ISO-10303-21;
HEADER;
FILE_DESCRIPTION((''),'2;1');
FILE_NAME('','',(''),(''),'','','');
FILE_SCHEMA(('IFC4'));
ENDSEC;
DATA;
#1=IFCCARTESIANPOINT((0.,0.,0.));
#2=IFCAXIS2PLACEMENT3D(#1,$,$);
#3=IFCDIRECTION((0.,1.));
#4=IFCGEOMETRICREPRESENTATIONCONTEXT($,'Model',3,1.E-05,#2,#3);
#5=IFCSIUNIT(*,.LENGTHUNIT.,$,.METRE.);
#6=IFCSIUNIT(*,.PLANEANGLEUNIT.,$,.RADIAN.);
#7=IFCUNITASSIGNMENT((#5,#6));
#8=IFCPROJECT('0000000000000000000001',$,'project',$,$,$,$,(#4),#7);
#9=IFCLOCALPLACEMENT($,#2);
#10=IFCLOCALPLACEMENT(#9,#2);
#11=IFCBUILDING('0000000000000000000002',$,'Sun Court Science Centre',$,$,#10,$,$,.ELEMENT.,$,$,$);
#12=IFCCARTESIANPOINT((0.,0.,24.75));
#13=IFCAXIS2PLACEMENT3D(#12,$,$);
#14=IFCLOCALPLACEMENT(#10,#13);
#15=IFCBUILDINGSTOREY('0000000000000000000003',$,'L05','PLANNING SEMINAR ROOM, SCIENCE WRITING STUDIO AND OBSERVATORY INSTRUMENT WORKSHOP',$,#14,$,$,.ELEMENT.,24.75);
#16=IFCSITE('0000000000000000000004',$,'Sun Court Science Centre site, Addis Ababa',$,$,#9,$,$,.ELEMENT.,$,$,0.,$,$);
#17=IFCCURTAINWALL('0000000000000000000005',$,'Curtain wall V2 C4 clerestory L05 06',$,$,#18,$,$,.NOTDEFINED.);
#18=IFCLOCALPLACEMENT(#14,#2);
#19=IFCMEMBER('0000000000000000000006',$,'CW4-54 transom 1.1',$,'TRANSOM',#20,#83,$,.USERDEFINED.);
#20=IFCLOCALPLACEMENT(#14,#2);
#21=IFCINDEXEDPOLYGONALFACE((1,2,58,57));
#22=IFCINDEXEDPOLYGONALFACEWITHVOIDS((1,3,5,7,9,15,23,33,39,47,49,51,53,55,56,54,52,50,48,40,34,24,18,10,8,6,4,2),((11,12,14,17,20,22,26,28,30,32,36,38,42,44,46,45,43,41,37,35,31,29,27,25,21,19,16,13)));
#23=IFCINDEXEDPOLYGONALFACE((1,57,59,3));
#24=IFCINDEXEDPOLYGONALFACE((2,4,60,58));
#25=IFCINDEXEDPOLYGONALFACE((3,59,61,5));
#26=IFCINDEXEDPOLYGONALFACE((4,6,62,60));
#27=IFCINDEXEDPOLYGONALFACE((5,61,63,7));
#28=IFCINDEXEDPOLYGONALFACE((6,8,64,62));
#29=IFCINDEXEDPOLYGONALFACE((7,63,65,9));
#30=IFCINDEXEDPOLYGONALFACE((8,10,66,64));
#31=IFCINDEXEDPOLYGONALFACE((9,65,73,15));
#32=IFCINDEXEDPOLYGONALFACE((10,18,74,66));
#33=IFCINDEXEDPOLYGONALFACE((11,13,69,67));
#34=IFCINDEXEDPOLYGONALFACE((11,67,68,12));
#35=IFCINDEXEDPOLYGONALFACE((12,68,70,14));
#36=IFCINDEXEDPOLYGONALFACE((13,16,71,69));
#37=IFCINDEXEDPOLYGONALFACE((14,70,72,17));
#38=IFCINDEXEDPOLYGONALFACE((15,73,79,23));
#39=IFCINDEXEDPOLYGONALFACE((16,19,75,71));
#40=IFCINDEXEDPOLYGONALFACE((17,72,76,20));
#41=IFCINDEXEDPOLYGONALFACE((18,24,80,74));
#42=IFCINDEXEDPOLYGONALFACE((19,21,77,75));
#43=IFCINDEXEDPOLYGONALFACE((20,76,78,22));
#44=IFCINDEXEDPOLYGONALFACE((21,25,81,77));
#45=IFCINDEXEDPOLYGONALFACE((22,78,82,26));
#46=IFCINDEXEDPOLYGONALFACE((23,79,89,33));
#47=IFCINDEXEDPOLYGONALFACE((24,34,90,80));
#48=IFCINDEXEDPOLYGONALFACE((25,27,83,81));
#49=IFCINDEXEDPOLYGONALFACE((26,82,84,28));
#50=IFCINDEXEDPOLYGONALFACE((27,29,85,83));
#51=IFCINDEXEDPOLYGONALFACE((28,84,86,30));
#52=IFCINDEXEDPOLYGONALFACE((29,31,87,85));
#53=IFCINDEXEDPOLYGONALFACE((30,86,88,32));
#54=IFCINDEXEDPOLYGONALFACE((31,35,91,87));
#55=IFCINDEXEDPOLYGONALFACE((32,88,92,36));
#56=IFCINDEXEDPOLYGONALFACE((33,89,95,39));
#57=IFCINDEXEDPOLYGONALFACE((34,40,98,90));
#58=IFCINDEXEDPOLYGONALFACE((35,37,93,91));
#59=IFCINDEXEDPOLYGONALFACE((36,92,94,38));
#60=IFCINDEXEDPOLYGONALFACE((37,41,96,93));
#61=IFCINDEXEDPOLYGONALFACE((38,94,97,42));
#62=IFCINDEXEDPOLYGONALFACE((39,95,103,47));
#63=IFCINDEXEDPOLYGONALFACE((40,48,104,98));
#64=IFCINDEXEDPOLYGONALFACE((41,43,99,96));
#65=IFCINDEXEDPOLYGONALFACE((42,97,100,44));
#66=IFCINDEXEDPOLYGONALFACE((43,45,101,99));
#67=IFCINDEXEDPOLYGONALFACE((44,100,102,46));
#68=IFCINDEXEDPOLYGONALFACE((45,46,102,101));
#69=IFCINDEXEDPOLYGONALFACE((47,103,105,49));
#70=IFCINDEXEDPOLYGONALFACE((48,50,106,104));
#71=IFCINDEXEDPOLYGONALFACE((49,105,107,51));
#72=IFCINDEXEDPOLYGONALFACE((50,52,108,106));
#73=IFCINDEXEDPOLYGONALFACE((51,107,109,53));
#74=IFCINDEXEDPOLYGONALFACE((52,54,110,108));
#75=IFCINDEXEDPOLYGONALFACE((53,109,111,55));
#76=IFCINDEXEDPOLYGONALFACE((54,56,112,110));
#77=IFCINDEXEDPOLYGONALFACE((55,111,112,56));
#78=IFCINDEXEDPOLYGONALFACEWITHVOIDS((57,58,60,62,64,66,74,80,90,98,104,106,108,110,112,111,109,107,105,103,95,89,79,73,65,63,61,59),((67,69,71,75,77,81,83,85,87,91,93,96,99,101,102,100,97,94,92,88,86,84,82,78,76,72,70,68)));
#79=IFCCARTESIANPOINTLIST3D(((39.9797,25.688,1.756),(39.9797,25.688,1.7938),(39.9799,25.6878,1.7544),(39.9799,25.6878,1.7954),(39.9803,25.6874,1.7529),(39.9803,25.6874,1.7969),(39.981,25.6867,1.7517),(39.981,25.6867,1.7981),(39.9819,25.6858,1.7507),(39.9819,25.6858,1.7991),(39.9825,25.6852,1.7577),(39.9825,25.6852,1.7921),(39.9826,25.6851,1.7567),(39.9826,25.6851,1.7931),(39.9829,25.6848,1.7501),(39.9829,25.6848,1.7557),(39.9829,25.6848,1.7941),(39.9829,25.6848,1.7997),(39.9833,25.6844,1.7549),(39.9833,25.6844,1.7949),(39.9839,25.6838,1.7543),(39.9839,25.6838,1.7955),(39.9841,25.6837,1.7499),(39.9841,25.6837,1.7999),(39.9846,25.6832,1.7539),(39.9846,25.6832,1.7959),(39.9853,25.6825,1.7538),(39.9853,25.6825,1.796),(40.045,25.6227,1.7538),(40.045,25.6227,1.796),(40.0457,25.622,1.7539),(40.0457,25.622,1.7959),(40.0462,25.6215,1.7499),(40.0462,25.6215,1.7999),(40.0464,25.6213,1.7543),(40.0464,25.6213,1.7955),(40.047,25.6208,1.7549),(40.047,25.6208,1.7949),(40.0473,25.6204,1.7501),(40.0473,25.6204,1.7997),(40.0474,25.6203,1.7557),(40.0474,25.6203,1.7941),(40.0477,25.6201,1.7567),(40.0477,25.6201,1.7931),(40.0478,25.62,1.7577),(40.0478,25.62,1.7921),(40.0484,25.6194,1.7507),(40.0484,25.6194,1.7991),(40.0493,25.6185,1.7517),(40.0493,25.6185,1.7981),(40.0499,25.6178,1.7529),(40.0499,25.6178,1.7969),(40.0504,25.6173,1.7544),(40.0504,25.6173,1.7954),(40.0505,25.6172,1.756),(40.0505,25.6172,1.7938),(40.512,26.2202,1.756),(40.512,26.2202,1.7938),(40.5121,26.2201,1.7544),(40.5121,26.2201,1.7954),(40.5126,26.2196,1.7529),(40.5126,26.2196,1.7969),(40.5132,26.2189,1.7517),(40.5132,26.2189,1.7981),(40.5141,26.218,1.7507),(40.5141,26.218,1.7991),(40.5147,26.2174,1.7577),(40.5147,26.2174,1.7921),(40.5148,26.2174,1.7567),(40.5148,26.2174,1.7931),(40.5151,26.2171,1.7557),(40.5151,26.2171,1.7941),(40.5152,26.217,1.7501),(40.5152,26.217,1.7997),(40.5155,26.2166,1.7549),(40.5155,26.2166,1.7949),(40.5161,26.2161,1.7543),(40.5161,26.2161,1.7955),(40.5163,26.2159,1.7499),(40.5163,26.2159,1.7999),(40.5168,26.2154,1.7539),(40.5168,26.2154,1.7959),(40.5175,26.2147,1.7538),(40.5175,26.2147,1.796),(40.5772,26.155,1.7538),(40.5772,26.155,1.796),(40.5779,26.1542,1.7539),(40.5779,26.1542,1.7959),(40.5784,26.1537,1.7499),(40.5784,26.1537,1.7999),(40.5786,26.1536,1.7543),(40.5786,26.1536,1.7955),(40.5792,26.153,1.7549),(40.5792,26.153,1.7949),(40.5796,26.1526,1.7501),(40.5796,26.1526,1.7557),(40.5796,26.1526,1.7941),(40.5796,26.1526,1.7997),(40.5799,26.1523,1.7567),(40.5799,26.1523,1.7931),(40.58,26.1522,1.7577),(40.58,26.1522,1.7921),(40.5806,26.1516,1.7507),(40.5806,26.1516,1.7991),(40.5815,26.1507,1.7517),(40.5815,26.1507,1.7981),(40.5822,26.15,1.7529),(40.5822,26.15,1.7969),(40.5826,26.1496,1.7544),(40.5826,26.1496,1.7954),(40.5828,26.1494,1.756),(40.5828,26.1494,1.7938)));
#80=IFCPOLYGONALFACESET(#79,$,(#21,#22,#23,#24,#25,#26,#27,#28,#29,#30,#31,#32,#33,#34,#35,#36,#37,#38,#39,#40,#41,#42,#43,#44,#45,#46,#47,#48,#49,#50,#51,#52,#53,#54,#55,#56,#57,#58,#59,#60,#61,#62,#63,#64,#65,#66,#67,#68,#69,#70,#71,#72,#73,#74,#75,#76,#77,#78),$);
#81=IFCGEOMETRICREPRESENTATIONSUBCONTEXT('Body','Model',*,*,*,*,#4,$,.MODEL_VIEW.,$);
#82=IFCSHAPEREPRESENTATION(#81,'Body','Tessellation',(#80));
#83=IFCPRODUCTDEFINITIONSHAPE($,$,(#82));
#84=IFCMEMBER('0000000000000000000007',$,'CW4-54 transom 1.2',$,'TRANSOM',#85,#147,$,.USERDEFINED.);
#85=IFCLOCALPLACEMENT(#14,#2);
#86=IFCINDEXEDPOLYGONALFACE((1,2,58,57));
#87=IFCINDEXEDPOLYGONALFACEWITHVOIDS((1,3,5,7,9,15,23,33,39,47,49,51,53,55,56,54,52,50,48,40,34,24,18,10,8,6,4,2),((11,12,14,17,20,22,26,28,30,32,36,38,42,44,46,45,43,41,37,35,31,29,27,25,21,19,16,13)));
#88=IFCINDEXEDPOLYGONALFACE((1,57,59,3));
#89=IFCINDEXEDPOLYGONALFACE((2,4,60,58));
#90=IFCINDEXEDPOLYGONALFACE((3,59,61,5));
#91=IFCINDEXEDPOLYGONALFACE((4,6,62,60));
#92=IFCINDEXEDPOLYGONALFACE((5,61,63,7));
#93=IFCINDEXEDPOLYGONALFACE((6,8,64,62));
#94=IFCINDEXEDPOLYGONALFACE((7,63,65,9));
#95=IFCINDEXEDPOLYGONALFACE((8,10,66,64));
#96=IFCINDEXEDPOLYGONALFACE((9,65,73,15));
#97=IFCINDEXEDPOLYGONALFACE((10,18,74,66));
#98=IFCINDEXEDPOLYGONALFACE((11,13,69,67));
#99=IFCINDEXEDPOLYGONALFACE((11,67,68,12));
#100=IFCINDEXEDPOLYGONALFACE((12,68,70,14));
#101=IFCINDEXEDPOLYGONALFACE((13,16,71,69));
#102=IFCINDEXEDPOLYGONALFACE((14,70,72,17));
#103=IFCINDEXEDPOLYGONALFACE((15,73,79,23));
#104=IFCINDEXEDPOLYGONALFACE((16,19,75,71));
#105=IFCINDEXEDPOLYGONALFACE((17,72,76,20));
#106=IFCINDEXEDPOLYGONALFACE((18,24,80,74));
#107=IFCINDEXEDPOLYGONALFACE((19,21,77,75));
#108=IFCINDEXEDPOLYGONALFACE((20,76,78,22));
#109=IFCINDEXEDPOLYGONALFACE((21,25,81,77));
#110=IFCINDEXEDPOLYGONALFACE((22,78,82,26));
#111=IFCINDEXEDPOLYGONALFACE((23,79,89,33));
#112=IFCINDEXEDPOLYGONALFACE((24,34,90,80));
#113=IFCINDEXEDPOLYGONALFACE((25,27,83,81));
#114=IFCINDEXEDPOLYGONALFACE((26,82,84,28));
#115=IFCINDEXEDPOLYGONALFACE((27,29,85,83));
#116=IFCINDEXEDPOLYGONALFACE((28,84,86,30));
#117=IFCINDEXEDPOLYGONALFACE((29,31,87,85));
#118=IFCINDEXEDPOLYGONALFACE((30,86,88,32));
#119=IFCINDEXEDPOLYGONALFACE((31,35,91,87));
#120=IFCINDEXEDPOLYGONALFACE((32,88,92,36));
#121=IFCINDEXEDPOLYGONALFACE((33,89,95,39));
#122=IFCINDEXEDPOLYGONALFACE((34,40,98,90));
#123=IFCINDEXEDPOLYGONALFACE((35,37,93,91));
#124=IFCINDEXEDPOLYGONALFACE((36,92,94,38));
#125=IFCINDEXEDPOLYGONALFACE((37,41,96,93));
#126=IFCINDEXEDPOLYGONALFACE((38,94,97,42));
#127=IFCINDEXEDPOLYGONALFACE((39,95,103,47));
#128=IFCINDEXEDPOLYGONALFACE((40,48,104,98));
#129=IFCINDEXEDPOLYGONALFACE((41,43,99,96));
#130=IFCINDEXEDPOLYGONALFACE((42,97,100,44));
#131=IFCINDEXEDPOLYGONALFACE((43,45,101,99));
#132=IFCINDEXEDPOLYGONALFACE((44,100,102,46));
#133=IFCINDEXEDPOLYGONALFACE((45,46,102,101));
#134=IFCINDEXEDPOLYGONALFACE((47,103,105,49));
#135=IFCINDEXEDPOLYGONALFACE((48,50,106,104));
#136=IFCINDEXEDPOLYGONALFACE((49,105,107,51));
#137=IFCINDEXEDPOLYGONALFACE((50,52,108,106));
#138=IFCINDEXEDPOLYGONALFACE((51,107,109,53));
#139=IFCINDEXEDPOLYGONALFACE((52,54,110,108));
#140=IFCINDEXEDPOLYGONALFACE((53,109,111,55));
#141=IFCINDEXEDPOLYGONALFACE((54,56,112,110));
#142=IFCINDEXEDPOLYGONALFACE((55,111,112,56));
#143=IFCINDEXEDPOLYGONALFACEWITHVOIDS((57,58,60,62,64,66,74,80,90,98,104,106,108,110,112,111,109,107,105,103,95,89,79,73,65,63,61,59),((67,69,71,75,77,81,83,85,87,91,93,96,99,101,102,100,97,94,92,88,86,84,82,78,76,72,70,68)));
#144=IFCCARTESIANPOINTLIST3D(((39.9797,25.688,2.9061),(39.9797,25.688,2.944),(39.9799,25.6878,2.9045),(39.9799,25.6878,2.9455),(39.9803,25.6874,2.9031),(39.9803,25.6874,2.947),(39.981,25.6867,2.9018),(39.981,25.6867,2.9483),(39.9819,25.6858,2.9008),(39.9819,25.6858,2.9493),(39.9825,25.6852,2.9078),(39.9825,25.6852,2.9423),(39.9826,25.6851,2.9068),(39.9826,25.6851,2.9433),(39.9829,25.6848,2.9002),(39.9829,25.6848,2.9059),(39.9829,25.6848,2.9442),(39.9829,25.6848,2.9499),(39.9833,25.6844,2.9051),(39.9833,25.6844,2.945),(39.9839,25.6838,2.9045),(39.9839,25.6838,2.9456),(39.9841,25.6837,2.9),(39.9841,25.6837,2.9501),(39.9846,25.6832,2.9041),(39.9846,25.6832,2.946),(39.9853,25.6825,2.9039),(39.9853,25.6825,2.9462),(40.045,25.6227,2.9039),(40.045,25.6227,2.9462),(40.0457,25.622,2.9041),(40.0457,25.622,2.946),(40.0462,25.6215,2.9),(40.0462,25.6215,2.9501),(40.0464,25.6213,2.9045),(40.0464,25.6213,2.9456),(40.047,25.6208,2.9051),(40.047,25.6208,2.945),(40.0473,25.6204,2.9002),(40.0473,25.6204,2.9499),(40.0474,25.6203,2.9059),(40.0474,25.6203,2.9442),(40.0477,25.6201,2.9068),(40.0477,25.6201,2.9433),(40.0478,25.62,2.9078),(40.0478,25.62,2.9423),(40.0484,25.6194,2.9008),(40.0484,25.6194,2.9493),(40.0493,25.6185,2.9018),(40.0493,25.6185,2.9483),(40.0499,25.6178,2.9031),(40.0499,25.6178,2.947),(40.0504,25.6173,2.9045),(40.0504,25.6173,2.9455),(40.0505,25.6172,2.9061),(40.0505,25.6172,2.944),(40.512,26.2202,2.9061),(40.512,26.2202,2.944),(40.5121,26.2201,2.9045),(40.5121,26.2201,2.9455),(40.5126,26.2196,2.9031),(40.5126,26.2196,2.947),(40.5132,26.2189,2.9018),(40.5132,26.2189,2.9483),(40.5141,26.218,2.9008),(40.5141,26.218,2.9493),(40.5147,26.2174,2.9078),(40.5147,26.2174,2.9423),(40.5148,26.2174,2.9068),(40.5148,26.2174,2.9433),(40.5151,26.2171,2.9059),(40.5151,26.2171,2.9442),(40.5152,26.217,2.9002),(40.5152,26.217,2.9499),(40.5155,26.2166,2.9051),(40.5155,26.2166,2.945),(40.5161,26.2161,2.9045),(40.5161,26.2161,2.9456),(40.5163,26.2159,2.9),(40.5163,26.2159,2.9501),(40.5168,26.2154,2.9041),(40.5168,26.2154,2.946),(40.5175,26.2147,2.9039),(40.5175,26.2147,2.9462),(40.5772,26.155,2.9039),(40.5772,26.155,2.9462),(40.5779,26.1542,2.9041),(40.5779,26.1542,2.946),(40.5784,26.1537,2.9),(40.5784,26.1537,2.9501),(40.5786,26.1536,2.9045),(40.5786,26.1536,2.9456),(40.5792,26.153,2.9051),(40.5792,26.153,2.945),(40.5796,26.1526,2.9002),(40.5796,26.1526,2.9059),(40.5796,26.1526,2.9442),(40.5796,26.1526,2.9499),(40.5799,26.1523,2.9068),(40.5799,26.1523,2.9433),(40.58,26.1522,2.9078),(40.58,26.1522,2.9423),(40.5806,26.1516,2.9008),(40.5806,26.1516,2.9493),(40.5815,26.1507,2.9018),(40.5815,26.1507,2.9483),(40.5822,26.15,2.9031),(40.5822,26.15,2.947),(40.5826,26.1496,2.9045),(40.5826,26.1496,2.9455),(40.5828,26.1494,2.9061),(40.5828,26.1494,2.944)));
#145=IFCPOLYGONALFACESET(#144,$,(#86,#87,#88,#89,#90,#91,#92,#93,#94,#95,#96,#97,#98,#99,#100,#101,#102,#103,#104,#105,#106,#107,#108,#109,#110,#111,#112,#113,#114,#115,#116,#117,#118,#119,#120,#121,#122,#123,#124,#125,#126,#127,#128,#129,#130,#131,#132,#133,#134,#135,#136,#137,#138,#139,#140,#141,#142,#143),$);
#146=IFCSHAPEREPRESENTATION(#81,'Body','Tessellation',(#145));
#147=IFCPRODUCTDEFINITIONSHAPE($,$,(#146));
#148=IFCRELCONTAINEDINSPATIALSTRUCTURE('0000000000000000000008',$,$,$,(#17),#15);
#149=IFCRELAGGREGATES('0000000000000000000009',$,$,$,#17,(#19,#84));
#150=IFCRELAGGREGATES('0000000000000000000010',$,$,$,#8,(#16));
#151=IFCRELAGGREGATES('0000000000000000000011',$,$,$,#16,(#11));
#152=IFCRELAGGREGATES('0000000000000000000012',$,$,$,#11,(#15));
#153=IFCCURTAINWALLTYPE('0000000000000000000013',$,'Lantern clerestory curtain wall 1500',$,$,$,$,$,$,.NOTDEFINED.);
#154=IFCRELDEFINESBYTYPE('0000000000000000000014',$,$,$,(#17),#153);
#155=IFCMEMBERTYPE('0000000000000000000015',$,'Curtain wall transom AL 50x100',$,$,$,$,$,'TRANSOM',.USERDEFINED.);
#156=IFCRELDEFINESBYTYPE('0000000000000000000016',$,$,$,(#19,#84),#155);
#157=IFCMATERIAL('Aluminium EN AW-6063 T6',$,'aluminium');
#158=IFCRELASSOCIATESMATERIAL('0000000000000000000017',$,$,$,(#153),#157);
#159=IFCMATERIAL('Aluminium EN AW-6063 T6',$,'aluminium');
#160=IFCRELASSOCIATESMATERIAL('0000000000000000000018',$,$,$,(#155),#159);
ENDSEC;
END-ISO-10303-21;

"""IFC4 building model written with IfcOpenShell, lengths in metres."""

from ifc_helpers import new_model, si_unit, direction, frame, origin, origin_2d, place, context, subcontext, project, spatial, hollow_rectangle, extrude, material, material_profile, profile_set, type_object, element, aggregate, save


model = new_model("IFC4")

# Units and contexts
model_context = context("Model", 3, precision=1e-05, world=origin(), true_north=direction((0.0, 1.0)))
body_context = subcontext(model_context, "Body", "Model", "MODEL_VIEW")
ifc_project = project(units=[si_unit("LENGTHUNIT", "METRE"), si_unit("PLANEANGLEUNIT", "RADIAN")], contexts=[model_context])

# Site, building, storey
site_placement = place(None, origin())
site = spatial("IfcSite", under=ifc_project, at=site_placement, Name="Sun Court Science Centre site, Addis Ababa", CompositionType="ELEMENT", RefElevation=0.0)
building_placement = place(site_placement, origin())
building = spatial("IfcBuilding", under=site, at=building_placement, Name="Sun Court Science Centre", CompositionType="ELEMENT")
storey_placement = place(building_placement, frame((0.0, 0.0, 24.75)))
storey = spatial("IfcBuildingStorey", under=building, at=storey_placement, Name="L05", Description="PLANNING SEMINAR ROOM, SCIENCE WRITING STUDIO AND OBSERVATORY INSTRUMENT WORKSHOP", CompositionType="ELEMENT", Elevation=24.75)

# Shared definitions
ifc_material_1 = material(Name="Aluminium EN AW-6063 T6", Category="aluminium")
curtain_wall_type = type_object("IfcCurtainWallType", Name="Lantern clerestory curtain wall 1500", PredefinedType="NOTDEFINED", material=ifc_material_1)

# Curtain wall
curtain_wall_1_placement = place(storey_placement, origin())
curtain_wall_1 = element("IfcCurtainWall", 1, at=curtain_wall_1_placement, inside=storey, type_object=curtain_wall_type, Name="Curtain wall V2 C4 clerestory L05 06", PredefinedType="NOTDEFINED")

# Members
ifc_material_2 = material(Name="Aluminium EN AW-6063 T6", Category="aluminium")
ifc_material_profile_1 = material_profile(ifc_material_2, hollow_rectangle(XDim=0.05, YDim=0.1001, WallThickness=0.0039, InnerFilletRadius=0.0039, OuterFilletRadius=0.0061, at=origin_2d()), Name="AL 50x100x4")
ifc_profile_set_1 = profile_set([ifc_material_profile_1], Name="Aluminium EN AW-6063 T6")
member_type_1 = type_object("IfcMemberType", Name="Curtain wall transom AL 50x100", ElementType="TRANSOM", PredefinedType="USERDEFINED", material=ifc_profile_set_1)
member_1_placement = place(storey_placement, frame((40.0151, 25.6526, 1.7749), z_axis=(0.707107, 0.707107, 0.0), x_axis=(0.0, 0.0, 1.0)))
member_1 = element("IfcMember", 2, at=member_1_placement, type_object=member_type_1, Name="CW4-54 transom 1.1", ObjectType="TRANSOM", PredefinedType="USERDEFINED", context=body_context, shape_type="SweptSolid", body=[
    extrude(hollow_rectangle(XDim=0.05, YDim=0.1001, WallThickness=0.0039, InnerFilletRadius=0.0039, OuterFilletRadius=0.0061, at=origin_2d()), origin(), (0.0, 0.0, 1.0), 0.7527),
])
member_2_placement = place(storey_placement, frame((40.0151, 25.6526, 2.925), z_axis=(0.707107, 0.707107, 0.0), x_axis=(0.0, 0.0, 1.0)))
member_2 = element("IfcMember", 3, at=member_2_placement, type_object=member_type_1, Name="CW4-54 transom 1.2", ObjectType="TRANSOM", PredefinedType="USERDEFINED", context=body_context, shape_type="SweptSolid", body=[
    extrude(hollow_rectangle(XDim=0.05, YDim=0.1001, WallThickness=0.0039, InnerFilletRadius=0.0039, OuterFilletRadius=0.0061, at=origin_2d()), origin(), (0.0, 0.0, 1.0), 0.7527),
])

aggregate(curtain_wall_1, [member_1, member_2])

save(model, "model.ifc")
